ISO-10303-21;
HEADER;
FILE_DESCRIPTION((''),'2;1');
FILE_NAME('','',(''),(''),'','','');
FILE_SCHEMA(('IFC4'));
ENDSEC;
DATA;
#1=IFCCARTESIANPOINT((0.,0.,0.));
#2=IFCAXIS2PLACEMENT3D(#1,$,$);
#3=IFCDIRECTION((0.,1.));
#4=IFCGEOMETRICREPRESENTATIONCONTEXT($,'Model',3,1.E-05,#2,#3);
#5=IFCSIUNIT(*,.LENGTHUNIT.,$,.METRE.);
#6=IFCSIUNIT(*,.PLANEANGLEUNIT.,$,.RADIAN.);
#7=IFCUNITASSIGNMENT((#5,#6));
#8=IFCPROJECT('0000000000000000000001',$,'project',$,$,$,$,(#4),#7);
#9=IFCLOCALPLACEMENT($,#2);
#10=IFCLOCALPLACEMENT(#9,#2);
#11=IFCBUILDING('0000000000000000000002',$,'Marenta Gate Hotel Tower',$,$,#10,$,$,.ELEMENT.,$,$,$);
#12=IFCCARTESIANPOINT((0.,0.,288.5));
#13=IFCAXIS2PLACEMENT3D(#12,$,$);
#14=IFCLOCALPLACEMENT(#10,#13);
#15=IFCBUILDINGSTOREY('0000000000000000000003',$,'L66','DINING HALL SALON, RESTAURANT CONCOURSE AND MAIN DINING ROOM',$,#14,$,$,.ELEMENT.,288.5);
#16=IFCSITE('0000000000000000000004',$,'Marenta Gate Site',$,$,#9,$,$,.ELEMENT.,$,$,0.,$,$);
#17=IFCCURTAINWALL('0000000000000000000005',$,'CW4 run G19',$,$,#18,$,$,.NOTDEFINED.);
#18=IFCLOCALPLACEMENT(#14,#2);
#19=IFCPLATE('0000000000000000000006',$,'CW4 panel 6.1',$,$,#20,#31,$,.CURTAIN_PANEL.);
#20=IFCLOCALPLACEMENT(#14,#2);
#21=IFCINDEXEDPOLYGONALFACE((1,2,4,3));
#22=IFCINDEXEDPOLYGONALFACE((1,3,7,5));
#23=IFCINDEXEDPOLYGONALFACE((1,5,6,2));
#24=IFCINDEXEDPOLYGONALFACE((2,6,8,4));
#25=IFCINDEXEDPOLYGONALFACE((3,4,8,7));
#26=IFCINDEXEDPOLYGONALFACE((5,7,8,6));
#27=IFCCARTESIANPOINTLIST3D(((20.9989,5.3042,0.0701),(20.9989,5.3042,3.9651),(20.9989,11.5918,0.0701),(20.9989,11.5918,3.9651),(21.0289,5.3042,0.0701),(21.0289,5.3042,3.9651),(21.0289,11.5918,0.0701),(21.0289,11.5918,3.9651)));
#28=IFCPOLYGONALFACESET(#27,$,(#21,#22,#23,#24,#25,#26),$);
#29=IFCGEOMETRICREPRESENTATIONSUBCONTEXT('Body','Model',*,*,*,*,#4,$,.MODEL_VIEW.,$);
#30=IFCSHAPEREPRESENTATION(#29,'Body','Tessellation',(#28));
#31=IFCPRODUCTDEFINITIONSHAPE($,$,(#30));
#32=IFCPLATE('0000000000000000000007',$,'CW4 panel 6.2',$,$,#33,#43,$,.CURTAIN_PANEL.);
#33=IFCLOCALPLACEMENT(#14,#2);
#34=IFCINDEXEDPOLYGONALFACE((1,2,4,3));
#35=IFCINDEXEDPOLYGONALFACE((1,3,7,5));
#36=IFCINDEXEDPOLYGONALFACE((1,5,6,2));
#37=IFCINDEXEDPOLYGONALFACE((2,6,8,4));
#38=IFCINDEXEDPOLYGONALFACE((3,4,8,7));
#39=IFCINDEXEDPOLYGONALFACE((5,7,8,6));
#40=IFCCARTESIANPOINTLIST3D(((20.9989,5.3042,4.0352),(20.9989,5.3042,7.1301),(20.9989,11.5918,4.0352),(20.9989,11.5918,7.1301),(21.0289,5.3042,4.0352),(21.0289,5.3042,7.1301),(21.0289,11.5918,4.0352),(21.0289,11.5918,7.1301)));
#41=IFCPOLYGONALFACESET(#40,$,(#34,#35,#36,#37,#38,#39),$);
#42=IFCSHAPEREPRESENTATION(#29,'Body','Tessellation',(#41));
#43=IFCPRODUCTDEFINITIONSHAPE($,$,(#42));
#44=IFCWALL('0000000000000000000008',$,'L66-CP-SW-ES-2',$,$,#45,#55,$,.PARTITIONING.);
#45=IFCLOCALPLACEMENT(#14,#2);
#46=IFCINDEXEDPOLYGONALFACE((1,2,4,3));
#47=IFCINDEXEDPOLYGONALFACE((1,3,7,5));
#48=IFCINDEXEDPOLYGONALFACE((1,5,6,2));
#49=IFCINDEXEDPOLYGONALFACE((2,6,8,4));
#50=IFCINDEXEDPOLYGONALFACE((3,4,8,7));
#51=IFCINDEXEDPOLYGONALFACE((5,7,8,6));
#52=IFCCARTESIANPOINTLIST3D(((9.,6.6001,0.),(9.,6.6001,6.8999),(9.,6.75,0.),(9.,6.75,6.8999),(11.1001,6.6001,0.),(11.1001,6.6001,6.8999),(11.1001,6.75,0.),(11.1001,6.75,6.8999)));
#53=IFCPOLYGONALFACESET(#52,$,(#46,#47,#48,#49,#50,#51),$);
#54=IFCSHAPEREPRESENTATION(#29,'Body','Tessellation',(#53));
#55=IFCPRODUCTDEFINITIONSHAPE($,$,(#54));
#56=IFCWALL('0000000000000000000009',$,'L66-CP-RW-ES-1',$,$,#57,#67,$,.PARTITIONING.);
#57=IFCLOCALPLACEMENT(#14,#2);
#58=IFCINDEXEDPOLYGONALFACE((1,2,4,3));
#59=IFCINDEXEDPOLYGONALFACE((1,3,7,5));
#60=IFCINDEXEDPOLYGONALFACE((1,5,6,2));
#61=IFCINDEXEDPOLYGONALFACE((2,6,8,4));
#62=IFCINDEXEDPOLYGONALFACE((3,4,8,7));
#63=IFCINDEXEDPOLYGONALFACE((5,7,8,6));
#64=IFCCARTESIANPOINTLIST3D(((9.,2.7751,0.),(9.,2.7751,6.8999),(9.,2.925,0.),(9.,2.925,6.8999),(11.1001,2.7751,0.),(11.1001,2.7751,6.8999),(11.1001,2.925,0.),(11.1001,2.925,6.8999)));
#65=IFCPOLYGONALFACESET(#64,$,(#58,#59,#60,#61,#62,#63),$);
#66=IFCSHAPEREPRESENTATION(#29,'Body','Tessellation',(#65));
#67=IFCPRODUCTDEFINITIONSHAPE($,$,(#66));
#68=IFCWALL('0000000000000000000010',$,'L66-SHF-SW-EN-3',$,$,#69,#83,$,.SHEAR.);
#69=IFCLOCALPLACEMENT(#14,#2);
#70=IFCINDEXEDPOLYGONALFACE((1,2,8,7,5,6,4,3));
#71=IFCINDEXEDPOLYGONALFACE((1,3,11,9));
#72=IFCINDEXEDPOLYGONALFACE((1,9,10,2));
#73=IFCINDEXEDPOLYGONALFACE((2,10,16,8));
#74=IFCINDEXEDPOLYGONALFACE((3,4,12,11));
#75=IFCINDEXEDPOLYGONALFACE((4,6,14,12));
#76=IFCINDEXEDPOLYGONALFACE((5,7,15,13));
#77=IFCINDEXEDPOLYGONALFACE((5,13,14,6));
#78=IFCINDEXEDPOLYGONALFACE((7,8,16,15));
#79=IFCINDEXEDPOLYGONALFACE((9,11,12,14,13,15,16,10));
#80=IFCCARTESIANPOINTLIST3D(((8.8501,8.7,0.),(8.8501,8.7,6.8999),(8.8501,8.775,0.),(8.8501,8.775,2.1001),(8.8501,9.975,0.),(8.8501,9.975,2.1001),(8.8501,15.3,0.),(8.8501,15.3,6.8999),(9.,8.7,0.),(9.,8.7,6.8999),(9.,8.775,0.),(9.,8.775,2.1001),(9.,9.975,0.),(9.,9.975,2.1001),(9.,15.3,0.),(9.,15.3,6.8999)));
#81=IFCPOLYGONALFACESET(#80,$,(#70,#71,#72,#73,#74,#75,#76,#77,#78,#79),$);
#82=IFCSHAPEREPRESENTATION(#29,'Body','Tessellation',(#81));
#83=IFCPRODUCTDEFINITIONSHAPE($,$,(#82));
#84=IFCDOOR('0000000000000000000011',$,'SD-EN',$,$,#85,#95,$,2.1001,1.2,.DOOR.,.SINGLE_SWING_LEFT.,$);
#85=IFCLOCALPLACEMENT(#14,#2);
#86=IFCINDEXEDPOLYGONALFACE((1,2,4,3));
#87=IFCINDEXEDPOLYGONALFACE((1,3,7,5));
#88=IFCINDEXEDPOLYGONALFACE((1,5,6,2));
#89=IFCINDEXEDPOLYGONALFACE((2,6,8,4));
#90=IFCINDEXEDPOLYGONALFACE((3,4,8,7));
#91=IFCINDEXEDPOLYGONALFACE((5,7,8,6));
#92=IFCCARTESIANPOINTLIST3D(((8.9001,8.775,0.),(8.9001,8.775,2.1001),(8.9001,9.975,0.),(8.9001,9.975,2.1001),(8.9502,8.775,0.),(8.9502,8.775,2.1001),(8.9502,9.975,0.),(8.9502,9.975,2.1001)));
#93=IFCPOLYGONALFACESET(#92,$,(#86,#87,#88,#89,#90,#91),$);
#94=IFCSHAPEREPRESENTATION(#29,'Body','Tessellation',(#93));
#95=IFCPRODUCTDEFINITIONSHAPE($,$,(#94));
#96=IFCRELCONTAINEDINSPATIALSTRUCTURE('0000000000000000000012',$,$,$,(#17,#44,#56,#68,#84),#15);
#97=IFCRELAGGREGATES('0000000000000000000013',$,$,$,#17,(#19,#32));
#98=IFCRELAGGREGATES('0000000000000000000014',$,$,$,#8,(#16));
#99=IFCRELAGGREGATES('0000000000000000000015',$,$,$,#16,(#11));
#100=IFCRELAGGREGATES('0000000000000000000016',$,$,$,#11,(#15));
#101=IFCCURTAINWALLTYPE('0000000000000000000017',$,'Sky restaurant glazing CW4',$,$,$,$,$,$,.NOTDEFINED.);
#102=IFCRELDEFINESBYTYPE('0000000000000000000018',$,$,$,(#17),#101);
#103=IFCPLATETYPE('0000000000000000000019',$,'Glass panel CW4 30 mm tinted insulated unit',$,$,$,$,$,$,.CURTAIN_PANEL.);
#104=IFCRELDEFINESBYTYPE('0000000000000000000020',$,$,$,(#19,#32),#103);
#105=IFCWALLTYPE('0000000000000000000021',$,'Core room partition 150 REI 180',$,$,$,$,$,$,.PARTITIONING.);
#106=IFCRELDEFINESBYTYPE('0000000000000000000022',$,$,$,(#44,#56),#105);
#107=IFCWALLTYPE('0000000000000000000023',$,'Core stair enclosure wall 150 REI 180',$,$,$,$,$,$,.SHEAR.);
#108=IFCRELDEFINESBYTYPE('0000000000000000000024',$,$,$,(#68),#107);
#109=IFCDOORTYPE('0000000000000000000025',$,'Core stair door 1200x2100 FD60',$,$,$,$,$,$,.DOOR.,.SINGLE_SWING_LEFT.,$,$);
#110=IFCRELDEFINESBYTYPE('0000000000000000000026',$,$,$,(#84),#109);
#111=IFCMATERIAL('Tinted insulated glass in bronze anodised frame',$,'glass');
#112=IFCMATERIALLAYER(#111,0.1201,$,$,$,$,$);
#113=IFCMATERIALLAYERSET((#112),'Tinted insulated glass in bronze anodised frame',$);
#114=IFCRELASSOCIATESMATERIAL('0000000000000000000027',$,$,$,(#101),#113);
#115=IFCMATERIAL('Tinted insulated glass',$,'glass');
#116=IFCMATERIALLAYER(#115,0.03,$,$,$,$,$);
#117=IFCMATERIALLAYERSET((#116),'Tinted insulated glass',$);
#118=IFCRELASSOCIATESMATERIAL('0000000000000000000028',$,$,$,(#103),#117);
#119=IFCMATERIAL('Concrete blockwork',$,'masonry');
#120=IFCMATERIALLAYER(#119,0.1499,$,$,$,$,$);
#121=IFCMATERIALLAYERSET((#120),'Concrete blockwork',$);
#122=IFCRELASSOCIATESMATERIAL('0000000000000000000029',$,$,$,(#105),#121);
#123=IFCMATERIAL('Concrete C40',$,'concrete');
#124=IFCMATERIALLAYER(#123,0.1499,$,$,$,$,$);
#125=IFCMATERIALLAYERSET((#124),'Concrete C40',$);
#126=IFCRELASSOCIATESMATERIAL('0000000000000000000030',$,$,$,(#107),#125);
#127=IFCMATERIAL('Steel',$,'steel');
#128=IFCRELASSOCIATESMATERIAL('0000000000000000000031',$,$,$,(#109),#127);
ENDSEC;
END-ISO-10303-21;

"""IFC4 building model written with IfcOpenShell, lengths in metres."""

from ifc_helpers import new_model, si_unit, direction, frame, frame_2d, origin, origin_2d, place, context, subcontext, project, spatial, rectangle, extrude, material, layer, layer_set, type_object, element, fill, aggregate, save


model = new_model("IFC4")

# Units and contexts
model_context = context("Model", 3, precision=1e-05, world=origin(), true_north=direction((0.0, 1.0)))
body_context = subcontext(model_context, "Body", "Model", "MODEL_VIEW")
ifc_project = project(units=[si_unit("LENGTHUNIT", "METRE"), si_unit("PLANEANGLEUNIT", "RADIAN")], contexts=[model_context])

# Site, building, storey
site_placement = place(None, origin())
site = spatial("IfcSite", under=ifc_project, at=site_placement, Name="Marenta Gate Site", CompositionType="ELEMENT", RefElevation=0.0)
building_placement = place(site_placement, origin())
building = spatial("IfcBuilding", under=site, at=building_placement, Name="Marenta Gate Hotel Tower", CompositionType="ELEMENT")
storey_placement = place(building_placement, frame((0.0, 0.0, 288.5)))
storey = spatial("IfcBuildingStorey", under=building, at=storey_placement, Name="L66", Description="DINING HALL SALON, RESTAURANT CONCOURSE AND MAIN DINING ROOM", CompositionType="ELEMENT", Elevation=288.5)

# Curtain wall, plates
ifc_material_1 = material(Name="Tinted insulated glass in bronze anodised frame", Category="glass")
ifc_layer_1 = layer(ifc_material_1, 0.1201)
ifc_layer_set_1 = layer_set([ifc_layer_1], Name="Tinted insulated glass in bronze anodised frame")
curtain_wall_type = type_object("IfcCurtainWallType", Name="Sky restaurant glazing CW4", PredefinedType="NOTDEFINED", material=ifc_layer_set_1)
curtain_wall_placement = place(storey_placement, origin())
curtain_wall = element("IfcCurtainWall", 1, at=curtain_wall_placement, inside=storey, type_object=curtain_wall_type, Name="CW4 run G19", PredefinedType="NOTDEFINED")
ifc_material_2 = material(Name="Tinted insulated glass", Category="glass")
ifc_layer_2 = layer(ifc_material_2, 0.03)
ifc_layer_set_2 = layer_set([ifc_layer_2], Name="Tinted insulated glass")
plate_type = type_object("IfcPlateType", Name="Glass panel CW4 30 mm tinted insulated unit", PredefinedType="CURTAIN_PANEL", material=ifc_layer_set_2)
plate_1_placement = place(storey_placement, frame((21.0139, 8.448, 0.0701), z_axis=(0.0, 0.0, 1.0), x_axis=(0.0, 1.0, 0.0)))
plate_1 = element("IfcPlate", 2, at=plate_1_placement, type_object=plate_type, Name="CW4 panel 6.1", PredefinedType="CURTAIN_PANEL", context=body_context, shape_type="SweptSolid", body=[
    extrude(rectangle(XDim=6.2876, YDim=0.03, at=origin_2d()), origin(), (0.0, 0.0, 1.0), 3.895),
])
plate_2_placement = place(storey_placement, frame((21.0139, 8.448, 4.0352), z_axis=(0.0, 0.0, 1.0), x_axis=(0.0, 1.0, 0.0)))
plate_2 = element("IfcPlate", 3, at=plate_2_placement, type_object=plate_type, Name="CW4 panel 6.2", PredefinedType="CURTAIN_PANEL", context=body_context, shape_type="SweptSolid", body=[
    extrude(rectangle(XDim=6.2876, YDim=0.03, at=origin_2d()), origin(), (0.0, 0.0, 1.0), 3.095),
])
aggregate(curtain_wall, [plate_1, plate_2])

# Walls
ifc_material_3 = material(Name="Concrete blockwork", Category="masonry")
ifc_layer_3 = layer(ifc_material_3, 0.1499)
ifc_layer_set_3 = layer_set([ifc_layer_3], Name="Concrete blockwork")
wall_type_1 = type_object("IfcWallType", Name="Core room partition 150 REI 180", PredefinedType="PARTITIONING", material=ifc_layer_set_3)
for number, where, z_axis, x_axis, name in (
    (4, (9.0, 6.675, 0.0), (0.0, 0.0, 1.0), (1.0, 0.0, 0.0), "L66-CP-SW-ES-2"),
    (5, (9.0, 2.8501, 0.0), (0.0, 0.0, 1.0), (1.0, 0.0, 0.0), "L66-CP-RW-ES-1"),
):
    element("IfcWall", number, at=place(storey_placement, frame(where, z_axis=z_axis, x_axis=x_axis)), inside=storey, type_object=wall_type_1, Name=name, PredefinedType="PARTITIONING", context=body_context, shape_type="SweptSolid", body=[
        extrude(rectangle(XDim=2.1001, YDim=0.1499, at=frame_2d((1.05, 0.0))), origin(), (0.0, 0.0, 1.0), 6.8999),
    ])

# Wall, opening, door
ifc_material_4 = material(Name="Concrete C40", Category="concrete")
ifc_layer_4 = layer(ifc_material_4, 0.1499)
ifc_layer_set_4 = layer_set([ifc_layer_4], Name="Concrete C40")
wall_type_2 = type_object("IfcWallType", Name="Core stair enclosure wall 150 REI 180", PredefinedType="SHEAR", material=ifc_layer_set_4)
wall_placement = place(storey_placement, frame((8.925, 8.7, 0.0), z_axis=(0.0, 0.0, 1.0), x_axis=(0.0, 1.0, 0.0)))
wall = element("IfcWall", 6, at=wall_placement, inside=storey, type_object=wall_type_2, Name="L66-SHF-SW-EN-3", PredefinedType="SHEAR", context=body_context, shape_type="SweptSolid", body=[
    extrude(rectangle(XDim=6.6001, YDim=0.1499, at=frame_2d((3.3, 0.0))), origin(), (0.0, 0.0, 1.0), 6.8999),
])
opening_placement = place(wall_placement, frame((0.075, 0.0, 0.0)))
opening = element("IfcOpeningElement", 7, at=opening_placement, cuts=wall, PredefinedType="OPENING", context=body_context, shape_type="SweptSolid", body=[
    extrude(rectangle(XDim=1.2, YDim=2.1001, at=frame_2d((0.6001, 1.05))), frame((0.0, 0.075, 0.0), z_axis=(0.0, -1.0, 0.0), x_axis=(1.0, 0.0, 0.0)), (0.0, 0.0, 1.0), 0.1499),
])
ifc_material_5 = material(Name="Steel", Category="steel")
door_type = type_object("IfcDoorType", Name="Core stair door 1200x2100 FD60", OperationType="SINGLE_SWING_LEFT", PredefinedType="DOOR", material=ifc_material_5)
door_placement = place(opening_placement, origin())
door = element("IfcDoor", 8, at=door_placement, inside=storey, type_object=door_type, Name="SD-EN", OperationType="SINGLE_SWING_LEFT", OverallHeight=2.1001, OverallWidth=1.2, PredefinedType="DOOR", context=body_context, shape_type="SweptSolid", body=[
    extrude(rectangle(XDim=1.2, YDim=2.1001, at=frame_2d((0.6001, 1.05))), frame((0.0, 0.0249, 0.0), z_axis=(0.0, -1.0, 0.0), x_axis=(1.0, 0.0, 0.0)), (0.0, 0.0, 1.0), 0.05),
])
fill(opening, door)

save(model, "model.ifc")
